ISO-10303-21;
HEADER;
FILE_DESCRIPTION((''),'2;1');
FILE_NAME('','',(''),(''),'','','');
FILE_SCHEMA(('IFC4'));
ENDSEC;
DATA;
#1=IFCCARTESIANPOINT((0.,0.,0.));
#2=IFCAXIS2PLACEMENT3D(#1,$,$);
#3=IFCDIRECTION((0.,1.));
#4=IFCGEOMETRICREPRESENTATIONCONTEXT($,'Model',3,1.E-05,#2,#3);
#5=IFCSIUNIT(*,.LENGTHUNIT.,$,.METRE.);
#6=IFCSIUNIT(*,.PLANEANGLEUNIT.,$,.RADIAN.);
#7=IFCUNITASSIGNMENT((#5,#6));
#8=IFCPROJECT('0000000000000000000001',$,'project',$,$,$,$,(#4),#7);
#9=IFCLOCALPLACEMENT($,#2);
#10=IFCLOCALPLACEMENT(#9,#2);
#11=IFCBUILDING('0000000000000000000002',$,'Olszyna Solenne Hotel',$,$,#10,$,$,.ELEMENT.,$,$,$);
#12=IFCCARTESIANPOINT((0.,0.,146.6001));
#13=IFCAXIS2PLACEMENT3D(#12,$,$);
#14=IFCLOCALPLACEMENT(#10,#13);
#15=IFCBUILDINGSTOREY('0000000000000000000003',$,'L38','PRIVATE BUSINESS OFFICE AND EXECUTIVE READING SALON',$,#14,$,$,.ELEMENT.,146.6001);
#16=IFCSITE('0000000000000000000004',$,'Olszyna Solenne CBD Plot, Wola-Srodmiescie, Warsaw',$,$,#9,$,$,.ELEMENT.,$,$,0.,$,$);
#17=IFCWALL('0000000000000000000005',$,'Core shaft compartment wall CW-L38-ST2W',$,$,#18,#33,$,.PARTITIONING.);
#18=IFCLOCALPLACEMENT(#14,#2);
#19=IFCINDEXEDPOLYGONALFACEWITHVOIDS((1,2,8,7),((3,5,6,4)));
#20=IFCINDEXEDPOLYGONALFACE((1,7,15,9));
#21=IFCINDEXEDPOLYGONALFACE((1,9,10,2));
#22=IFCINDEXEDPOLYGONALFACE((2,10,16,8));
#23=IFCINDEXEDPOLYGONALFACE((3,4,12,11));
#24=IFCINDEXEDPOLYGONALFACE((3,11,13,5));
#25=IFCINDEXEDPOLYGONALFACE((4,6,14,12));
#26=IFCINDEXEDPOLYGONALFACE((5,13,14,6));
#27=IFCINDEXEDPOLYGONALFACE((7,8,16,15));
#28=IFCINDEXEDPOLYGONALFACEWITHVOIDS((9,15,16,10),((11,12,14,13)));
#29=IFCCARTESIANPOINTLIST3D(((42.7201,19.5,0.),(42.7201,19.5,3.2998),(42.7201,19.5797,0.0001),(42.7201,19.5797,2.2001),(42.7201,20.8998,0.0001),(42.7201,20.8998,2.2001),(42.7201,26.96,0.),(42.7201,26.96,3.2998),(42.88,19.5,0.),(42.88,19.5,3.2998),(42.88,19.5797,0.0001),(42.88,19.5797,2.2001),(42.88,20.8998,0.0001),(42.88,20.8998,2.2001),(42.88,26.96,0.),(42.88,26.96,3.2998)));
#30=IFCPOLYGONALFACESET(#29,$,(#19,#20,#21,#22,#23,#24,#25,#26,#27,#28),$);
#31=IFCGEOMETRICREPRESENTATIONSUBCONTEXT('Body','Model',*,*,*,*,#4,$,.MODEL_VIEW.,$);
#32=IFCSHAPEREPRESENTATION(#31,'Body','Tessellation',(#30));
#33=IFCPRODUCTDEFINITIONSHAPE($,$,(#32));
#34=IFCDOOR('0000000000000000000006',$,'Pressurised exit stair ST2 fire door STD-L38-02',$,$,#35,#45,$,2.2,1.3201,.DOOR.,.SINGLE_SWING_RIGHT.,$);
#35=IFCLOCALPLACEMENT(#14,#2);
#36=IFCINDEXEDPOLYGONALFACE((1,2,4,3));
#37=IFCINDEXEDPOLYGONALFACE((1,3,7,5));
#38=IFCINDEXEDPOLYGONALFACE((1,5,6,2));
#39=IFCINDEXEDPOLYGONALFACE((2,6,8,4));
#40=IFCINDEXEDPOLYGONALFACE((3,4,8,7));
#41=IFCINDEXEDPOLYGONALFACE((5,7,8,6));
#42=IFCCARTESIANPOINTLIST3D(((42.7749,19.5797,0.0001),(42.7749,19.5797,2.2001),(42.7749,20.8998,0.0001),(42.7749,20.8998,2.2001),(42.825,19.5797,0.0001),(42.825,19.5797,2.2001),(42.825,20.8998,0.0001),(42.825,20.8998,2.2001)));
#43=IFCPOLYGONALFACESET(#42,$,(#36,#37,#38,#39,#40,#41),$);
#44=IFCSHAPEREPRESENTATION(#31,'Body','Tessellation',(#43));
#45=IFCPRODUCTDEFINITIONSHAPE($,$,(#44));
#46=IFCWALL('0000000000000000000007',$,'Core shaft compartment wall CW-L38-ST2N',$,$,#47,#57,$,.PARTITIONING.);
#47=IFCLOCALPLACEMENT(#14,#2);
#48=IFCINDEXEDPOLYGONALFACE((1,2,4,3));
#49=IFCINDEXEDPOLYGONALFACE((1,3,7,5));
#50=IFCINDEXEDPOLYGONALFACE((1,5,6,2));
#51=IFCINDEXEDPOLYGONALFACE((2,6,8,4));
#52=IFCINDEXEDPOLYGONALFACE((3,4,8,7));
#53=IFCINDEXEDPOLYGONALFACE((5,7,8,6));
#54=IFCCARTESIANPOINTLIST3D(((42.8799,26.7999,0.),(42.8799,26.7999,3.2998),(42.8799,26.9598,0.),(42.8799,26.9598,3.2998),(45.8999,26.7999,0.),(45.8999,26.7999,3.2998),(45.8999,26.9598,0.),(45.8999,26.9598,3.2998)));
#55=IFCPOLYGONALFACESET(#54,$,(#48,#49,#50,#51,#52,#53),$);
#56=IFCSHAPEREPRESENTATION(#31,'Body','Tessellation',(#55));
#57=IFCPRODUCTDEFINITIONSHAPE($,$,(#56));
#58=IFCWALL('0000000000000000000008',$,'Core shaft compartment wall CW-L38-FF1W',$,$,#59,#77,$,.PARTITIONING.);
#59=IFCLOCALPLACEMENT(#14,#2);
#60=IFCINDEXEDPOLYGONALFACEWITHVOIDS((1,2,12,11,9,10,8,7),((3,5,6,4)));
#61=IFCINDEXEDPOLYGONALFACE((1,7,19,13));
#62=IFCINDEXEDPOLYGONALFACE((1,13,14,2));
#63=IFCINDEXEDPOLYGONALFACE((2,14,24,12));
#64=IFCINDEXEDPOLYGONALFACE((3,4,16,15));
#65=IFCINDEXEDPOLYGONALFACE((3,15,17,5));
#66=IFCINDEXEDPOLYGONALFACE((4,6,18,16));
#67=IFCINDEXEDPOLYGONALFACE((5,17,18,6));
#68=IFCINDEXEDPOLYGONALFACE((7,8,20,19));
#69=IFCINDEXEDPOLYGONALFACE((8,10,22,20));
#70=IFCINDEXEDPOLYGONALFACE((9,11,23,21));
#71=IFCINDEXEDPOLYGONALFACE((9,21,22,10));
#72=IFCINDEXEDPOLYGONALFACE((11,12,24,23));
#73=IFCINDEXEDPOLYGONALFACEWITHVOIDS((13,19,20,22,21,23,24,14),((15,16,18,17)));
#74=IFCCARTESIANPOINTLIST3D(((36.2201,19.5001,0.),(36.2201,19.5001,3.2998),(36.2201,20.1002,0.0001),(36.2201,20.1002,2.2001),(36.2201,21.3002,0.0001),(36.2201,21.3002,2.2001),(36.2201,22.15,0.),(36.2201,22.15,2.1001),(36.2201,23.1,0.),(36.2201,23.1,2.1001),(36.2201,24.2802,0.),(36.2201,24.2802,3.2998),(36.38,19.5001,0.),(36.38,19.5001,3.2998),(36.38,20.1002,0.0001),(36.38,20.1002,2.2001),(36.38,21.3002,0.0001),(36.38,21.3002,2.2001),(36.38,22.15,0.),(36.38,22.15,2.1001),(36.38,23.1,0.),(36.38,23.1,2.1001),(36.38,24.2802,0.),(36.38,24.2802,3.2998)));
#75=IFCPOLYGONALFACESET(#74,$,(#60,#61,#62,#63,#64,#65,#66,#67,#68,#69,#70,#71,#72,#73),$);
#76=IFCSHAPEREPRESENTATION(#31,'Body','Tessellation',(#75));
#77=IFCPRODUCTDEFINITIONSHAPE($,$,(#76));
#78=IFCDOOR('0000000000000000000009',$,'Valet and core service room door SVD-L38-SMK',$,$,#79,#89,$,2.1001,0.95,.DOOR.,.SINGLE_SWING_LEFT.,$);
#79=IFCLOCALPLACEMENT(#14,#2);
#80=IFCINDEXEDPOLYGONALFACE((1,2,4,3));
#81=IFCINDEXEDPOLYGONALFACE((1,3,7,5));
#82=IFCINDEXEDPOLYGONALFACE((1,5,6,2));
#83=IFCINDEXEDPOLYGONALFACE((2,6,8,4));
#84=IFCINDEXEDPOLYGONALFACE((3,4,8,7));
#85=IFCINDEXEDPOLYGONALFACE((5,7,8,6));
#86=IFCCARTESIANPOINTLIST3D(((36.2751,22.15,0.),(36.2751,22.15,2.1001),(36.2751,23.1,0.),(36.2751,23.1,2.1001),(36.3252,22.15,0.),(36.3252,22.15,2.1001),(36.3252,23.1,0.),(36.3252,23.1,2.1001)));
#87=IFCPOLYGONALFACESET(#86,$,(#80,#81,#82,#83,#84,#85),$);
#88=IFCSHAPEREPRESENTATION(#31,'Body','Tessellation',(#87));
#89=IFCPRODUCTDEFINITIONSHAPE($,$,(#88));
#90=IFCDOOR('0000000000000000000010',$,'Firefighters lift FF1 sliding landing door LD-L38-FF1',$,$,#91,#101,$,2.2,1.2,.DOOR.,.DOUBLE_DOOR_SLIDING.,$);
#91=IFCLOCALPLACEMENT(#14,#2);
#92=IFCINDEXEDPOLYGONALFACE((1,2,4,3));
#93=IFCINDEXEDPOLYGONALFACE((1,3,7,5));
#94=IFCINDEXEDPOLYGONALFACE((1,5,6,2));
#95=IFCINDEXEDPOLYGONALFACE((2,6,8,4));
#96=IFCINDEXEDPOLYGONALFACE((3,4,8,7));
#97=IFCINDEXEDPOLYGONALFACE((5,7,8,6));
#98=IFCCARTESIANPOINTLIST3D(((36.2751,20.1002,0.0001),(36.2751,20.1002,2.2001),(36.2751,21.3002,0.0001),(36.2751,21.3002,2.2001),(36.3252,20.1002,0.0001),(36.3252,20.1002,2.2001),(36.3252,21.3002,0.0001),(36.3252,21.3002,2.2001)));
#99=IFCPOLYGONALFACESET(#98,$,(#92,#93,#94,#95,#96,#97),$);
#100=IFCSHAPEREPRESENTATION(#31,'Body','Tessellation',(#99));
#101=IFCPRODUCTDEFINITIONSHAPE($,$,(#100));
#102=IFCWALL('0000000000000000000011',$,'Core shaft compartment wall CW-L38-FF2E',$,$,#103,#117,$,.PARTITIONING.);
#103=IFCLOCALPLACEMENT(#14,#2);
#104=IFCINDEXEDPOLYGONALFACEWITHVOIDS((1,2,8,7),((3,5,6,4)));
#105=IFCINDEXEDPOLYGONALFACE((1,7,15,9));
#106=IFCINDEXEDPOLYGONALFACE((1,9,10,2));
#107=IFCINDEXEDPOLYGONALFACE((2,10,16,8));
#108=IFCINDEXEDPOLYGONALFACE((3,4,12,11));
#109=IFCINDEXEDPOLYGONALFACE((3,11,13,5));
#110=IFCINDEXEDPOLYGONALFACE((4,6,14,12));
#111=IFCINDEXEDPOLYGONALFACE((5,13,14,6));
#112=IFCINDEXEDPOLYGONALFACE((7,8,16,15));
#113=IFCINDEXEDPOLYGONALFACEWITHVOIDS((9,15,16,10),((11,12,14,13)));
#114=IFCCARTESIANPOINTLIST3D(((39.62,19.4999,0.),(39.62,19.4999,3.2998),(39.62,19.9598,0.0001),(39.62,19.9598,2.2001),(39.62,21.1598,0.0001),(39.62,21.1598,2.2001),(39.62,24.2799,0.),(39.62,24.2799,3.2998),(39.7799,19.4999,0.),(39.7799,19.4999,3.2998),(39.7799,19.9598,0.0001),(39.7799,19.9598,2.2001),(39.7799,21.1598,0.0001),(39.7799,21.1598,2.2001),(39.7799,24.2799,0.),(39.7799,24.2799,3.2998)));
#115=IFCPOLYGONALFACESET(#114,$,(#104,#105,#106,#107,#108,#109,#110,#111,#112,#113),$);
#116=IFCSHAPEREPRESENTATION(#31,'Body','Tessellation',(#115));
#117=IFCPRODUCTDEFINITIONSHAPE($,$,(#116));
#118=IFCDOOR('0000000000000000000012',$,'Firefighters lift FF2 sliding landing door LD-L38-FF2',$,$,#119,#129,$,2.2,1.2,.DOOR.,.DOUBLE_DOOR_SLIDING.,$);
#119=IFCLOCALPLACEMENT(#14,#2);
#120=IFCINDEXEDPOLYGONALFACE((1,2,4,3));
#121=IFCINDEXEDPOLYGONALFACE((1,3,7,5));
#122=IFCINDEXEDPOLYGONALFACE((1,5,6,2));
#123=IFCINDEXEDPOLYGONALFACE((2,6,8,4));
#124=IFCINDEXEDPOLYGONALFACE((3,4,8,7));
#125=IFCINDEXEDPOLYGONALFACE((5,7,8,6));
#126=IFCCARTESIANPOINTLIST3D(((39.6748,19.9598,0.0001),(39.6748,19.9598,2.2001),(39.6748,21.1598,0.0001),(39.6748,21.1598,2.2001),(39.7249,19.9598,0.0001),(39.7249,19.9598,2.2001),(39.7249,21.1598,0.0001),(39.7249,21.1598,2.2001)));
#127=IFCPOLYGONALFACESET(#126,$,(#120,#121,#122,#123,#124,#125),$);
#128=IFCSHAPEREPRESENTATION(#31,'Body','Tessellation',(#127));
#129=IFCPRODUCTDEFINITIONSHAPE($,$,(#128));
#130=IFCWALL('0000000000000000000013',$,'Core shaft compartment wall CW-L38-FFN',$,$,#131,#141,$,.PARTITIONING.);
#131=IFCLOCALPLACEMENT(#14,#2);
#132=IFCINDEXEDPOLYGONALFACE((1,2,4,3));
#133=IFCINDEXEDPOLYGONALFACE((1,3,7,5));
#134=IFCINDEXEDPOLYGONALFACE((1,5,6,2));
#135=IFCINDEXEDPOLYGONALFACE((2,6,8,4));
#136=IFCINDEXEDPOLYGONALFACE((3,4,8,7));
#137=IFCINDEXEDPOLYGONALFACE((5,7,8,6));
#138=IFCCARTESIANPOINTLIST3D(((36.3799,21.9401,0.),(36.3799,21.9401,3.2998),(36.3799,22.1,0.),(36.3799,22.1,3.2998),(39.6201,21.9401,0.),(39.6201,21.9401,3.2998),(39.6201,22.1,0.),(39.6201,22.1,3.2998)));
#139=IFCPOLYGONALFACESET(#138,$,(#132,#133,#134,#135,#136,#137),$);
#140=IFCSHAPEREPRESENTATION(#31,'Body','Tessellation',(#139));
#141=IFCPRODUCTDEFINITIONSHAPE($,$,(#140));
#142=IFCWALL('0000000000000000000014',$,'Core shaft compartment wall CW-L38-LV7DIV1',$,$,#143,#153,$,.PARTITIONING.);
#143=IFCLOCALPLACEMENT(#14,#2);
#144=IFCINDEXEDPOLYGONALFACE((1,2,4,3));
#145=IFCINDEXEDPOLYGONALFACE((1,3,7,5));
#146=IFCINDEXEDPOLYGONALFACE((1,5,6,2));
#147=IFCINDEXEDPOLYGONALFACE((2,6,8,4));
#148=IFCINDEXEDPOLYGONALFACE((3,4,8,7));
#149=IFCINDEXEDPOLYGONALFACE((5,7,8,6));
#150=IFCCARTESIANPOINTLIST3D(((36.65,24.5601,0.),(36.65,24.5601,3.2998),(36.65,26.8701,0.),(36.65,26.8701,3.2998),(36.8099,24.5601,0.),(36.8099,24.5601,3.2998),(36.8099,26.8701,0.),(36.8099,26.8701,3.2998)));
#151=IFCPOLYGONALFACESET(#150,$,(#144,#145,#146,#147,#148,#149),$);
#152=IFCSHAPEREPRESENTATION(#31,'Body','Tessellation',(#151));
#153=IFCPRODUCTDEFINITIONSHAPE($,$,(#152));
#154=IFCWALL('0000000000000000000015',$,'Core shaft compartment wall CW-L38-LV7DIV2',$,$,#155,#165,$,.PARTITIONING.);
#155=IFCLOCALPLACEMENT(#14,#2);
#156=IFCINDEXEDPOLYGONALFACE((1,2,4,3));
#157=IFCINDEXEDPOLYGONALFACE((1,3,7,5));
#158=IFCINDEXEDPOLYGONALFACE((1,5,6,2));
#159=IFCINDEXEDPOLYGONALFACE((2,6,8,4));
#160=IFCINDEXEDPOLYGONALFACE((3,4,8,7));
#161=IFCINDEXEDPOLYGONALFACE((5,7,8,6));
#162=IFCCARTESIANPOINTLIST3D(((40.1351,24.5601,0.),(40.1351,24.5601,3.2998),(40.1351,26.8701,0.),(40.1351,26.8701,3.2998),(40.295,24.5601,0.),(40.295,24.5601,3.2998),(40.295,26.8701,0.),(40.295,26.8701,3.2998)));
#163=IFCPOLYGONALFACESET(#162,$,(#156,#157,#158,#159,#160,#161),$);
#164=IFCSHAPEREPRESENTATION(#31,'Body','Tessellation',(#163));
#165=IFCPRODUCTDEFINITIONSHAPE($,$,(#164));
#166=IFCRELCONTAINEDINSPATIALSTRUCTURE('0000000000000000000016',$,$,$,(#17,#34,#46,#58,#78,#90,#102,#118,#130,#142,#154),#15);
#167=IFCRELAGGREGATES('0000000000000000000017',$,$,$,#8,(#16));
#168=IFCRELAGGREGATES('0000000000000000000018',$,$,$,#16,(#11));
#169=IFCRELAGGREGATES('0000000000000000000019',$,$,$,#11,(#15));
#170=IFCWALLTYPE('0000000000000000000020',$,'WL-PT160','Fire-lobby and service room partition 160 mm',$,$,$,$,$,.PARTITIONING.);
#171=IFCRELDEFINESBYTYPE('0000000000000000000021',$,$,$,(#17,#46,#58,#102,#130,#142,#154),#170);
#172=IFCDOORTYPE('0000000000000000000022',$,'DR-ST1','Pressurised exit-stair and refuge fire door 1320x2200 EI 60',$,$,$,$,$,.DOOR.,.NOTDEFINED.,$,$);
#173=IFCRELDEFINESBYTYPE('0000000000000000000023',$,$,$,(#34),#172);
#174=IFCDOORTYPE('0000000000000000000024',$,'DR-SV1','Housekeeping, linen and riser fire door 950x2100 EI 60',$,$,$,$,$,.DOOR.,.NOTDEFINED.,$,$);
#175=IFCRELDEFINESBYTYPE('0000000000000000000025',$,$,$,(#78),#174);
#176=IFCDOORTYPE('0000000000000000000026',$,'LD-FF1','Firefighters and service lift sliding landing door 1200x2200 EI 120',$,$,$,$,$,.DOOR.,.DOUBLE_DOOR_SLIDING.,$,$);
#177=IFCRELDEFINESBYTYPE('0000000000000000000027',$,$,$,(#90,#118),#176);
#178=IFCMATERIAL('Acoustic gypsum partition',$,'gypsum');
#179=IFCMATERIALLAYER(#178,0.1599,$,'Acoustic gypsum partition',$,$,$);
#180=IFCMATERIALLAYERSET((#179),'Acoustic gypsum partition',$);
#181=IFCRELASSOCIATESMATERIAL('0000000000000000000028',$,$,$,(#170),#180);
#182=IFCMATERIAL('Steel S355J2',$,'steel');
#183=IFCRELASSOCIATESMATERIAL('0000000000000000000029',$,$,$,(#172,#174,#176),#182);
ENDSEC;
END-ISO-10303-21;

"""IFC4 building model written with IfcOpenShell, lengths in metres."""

from ifc_helpers import new_model, si_unit, direction, frame, frame_2d, origin, place, context, subcontext, project, spatial, rectangle, extrude, source, transform, mapped, material, layer, layer_set, type_object, type_shapes, element, fill, save


model = new_model("IFC4")

# Units and contexts
model_context = context("Model", 3, precision=1e-05, world=origin(), true_north=direction((0.0, 1.0)))
body_context = subcontext(model_context, "Body", "Model", "MODEL_VIEW")
ifc_project = project(units=[si_unit("LENGTHUNIT", "METRE"), si_unit("PLANEANGLEUNIT", "RADIAN")], contexts=[model_context])

# Site, building, storey
site_placement = place(None, origin())
site = spatial("IfcSite", under=ifc_project, at=site_placement, Name="Olszyna Solenne CBD Plot, Wola-Srodmiescie, Warsaw", CompositionType="ELEMENT", RefElevation=0.0)
building_placement = place(site_placement, origin())
building = spatial("IfcBuilding", under=site, at=building_placement, Name="Olszyna Solenne Hotel", CompositionType="ELEMENT")
storey_placement = place(building_placement, frame((0.0, 0.0, 146.6001)))
storey = spatial("IfcBuildingStorey", under=building, at=storey_placement, Name="L38", Description="PRIVATE BUSINESS OFFICE AND EXECUTIVE READING SALON", CompositionType="ELEMENT", Elevation=146.6001)

# Shared definitions
ifc_material_1 = material(Name="Steel S355J2", Category="steel")

# Shared definitions
ifc_material_2 = material(Name="Acoustic gypsum partition", Category="gypsum")

# Wall, opening, door
ifc_layer_1 = layer(ifc_material_2, 0.1599, Name="Acoustic gypsum partition")
ifc_layer_set_1 = layer_set([ifc_layer_1], Name="Acoustic gypsum partition")
wall_type_1 = type_object("IfcWallType", Name="WL-PT160", Description="Fire-lobby and service room partition 160 mm", PredefinedType="PARTITIONING", material=ifc_layer_set_1)
wall_1_placement = place(storey_placement, frame((42.8, 26.96, 0.0), z_axis=(0.0, 0.0, 1.0), x_axis=(0.0, -1.0, 0.0)))
wall_1 = element("IfcWall", 1, at=wall_1_placement, inside=storey, type_object=wall_type_1, Name="Core shaft compartment wall CW-L38-ST2W", PredefinedType="PARTITIONING", context=body_context, shape_type="SweptSolid", body=[
    extrude(rectangle(XDim=7.46, YDim=0.1599, at=frame_2d((3.73, 0.0))), origin(), (0.0, 0.0, 1.0), 3.2998),
])
opening_1_placement = place(wall_1_placement, frame((6.0601, 0.0, 0.0)))
opening_1 = element("IfcOpeningElement", 2, at=opening_1_placement, cuts=wall_1, PredefinedType="OPENING", context=body_context, shape_type="SweptSolid", body=[
    extrude(rectangle(XDim=1.3201, YDim=2.2, at=frame_2d((0.6602, 1.1001))), frame((0.0, 0.0898, 0.0), z_axis=(0.0, -1.0, 0.0), x_axis=(1.0, 0.0, 0.0)), (0.0, 0.0, 1.0), 0.1799),
])
door_type_1 = type_object("IfcDoorType", Name="DR-ST1", Description="Pressurised exit-stair and refuge fire door 1320x2200 EI 60", OperationType="NOTDEFINED", PredefinedType="DOOR", material=ifc_material_1)
shared_shape_1 = source(origin(), body_context, "Body", "SweptSolid", [
    extrude(rectangle(XDim=1.3201, YDim=2.2, at=frame_2d((0.6602, 1.1001))), frame((0.0, 0.0249, 0.0), z_axis=(0.0, -1.0, 0.0), x_axis=(1.0, 0.0, 0.0)), (0.0, 0.0, 1.0), 0.05),
])
type_shapes(door_type_1, [shared_shape_1])
door_1_placement = place(opening_1_placement, origin())
door_1 = element("IfcDoor", 3, at=door_1_placement, inside=storey, type_object=door_type_1, Name="Pressurised exit stair ST2 fire door STD-L38-02", OperationType="SINGLE_SWING_RIGHT", OverallHeight=2.2, OverallWidth=1.3201, PredefinedType="DOOR", context=body_context, shape_type="MappedRepresentation", body=[
    mapped(shared_shape_1, transform((0.0, 0.0, 0.0), x_axis=(1.0, 0.0, 0.0), y_axis=(0.0, 1.0, 0.0), z_axis=(0.0, 0.0, 1.0), scale=1.0)),
])
fill(opening_1, door_1)

# Wall
wall_2_placement = place(storey_placement, frame((42.8799, 26.8799, 0.0), z_axis=(0.0, 0.0, 1.0), x_axis=(1.0, 0.0, 0.0)))
element("IfcWall", 4, at=wall_2_placement, inside=storey, type_object=wall_type_1, Name="Core shaft compartment wall CW-L38-ST2N", PredefinedType="PARTITIONING", context=body_context, shape_type="SweptSolid", body=[
    extrude(rectangle(XDim=3.02, YDim=0.1599, at=frame_2d((1.51, 0.0))), origin(), (0.0, 0.0, 1.0), 3.2998),
])

# Wall, openings, doors
wall_3_placement = place(storey_placement, frame((36.3, 19.5, 0.0), z_axis=(0.0, 0.0, 1.0), x_axis=(0.0, 1.0, 0.0)))
wall_3 = element("IfcWall", 5, at=wall_3_placement, inside=storey, type_object=wall_type_1, Name="Core shaft compartment wall CW-L38-FF1W", PredefinedType="PARTITIONING", context=body_context, shape_type="SweptSolid", body=[
    extrude(rectangle(XDim=4.78, YDim=0.1599, at=frame_2d((2.3901, 0.0))), origin(), (0.0, 0.0, 1.0), 3.2998),
])
opening_2_placement = place(wall_3_placement, frame((0.6001, 0.0, 0.0)))
opening_2 = element("IfcOpeningElement", 6, at=opening_2_placement, cuts=wall_3, PredefinedType="OPENING", context=body_context, shape_type="SweptSolid", body=[
    extrude(rectangle(XDim=1.2, YDim=2.2, at=frame_2d((0.6001, 1.1001))), frame((0.0, 0.0898, 0.0), z_axis=(0.0, -1.0, 0.0), x_axis=(1.0, 0.0, 0.0)), (0.0, 0.0, 1.0), 0.1799),
])
opening_3_placement = place(wall_3_placement, frame((2.6499, 0.0, 0.0)))
opening_3 = element("IfcOpeningElement", 7, at=opening_3_placement, cuts=wall_3, PredefinedType="OPENING", context=body_context, shape_type="SweptSolid", body=[
    extrude(rectangle(XDim=0.95, YDim=2.1001, at=frame_2d((0.4751, 1.05))), frame((0.0, 0.0898, 0.0), z_axis=(0.0, -1.0, 0.0), x_axis=(1.0, 0.0, 0.0)), (0.0, 0.0, 1.0), 0.1799),
])
door_type_2 = type_object("IfcDoorType", Name="DR-SV1", Description="Housekeeping, linen and riser fire door 950x2100 EI 60", OperationType="NOTDEFINED", PredefinedType="DOOR", material=ifc_material_1)
shared_shape_2 = source(origin(), body_context, "Body", "SweptSolid", [
    extrude(rectangle(XDim=0.95, YDim=2.1001, at=frame_2d((0.4751, 1.05))), frame((0.0, 0.0249, 0.0), z_axis=(0.0, -1.0, 0.0), x_axis=(1.0, 0.0, 0.0)), (0.0, 0.0, 1.0), 0.05),
])
type_shapes(door_type_2, [shared_shape_2])
door_2_placement = place(opening_3_placement, origin())
door_2 = element("IfcDoor", 8, at=door_2_placement, inside=storey, type_object=door_type_2, Name="Valet and core service room door SVD-L38-SMK", OperationType="SINGLE_SWING_LEFT", OverallHeight=2.1001, OverallWidth=0.95, PredefinedType="DOOR", context=body_context, shape_type="MappedRepresentation", body=[
    mapped(shared_shape_2, transform((0.0, 0.0, 0.0), x_axis=(1.0, 0.0, 0.0), y_axis=(0.0, 1.0, 0.0), z_axis=(0.0, 0.0, 1.0), scale=1.0)),
])
fill(opening_3, door_2)
door_type_3 = type_object("IfcDoorType", Name="LD-FF1", Description="Firefighters and service lift sliding landing door 1200x2200 EI 120", OperationType="DOUBLE_DOOR_SLIDING", PredefinedType="DOOR", material=ifc_material_1)
shared_shape_3 = source(origin(), body_context, "Body", "SweptSolid", [
    extrude(rectangle(XDim=1.2, YDim=2.2, at=frame_2d((0.6001, 1.1001))), frame((0.0, 0.0249, 0.0), z_axis=(0.0, -1.0, 0.0), x_axis=(1.0, 0.0, 0.0)), (0.0, 0.0, 1.0), 0.05),
])
type_shapes(door_type_3, [shared_shape_3])
door_3_placement = place(opening_2_placement, origin())
door_3 = element("IfcDoor", 9, at=door_3_placement, inside=storey, type_object=door_type_3, Name="Firefighters lift FF1 sliding landing door LD-L38-FF1", OperationType="DOUBLE_DOOR_SLIDING", OverallHeight=2.2, OverallWidth=1.2, PredefinedType="DOOR", context=body_context, shape_type="MappedRepresentation", body=[
    mapped(shared_shape_3, transform((0.0, 0.0, 0.0), x_axis=(1.0, 0.0, 0.0), y_axis=(0.0, 1.0, 0.0), z_axis=(0.0, 0.0, 1.0), scale=1.0)),
])
fill(opening_2, door_3)

# Wall, opening, door
wall_4_placement = place(storey_placement, frame((39.7, 24.28, 0.0), z_axis=(0.0, 0.0, 1.0), x_axis=(0.0, -1.0, 0.0)))
wall_4 = element("IfcWall", 10, at=wall_4_placement, inside=storey, type_object=wall_type_1, Name="Core shaft compartment wall CW-L38-FF2E", PredefinedType="PARTITIONING", context=body_context, shape_type="SweptSolid", body=[
    extrude(rectangle(XDim=4.78, YDim=0.1599, at=frame_2d((2.3901, 0.0))), origin(), (0.0, 0.0, 1.0), 3.2998),
])
opening_4_placement = place(wall_4_placement, frame((3.1201, 0.0, 0.0)))
opening_4 = element("IfcOpeningElement", 11, at=opening_4_placement, cuts=wall_4, PredefinedType="OPENING", context=body_context, shape_type="SweptSolid", body=[
    extrude(rectangle(XDim=1.2, YDim=2.2, at=frame_2d((0.6001, 1.1001))), frame((0.0, 0.0898, 0.0), z_axis=(0.0, -1.0, 0.0), x_axis=(1.0, 0.0, 0.0)), (0.0, 0.0, 1.0), 0.1799),
])
door_4_placement = place(opening_4_placement, origin())
door_4 = element("IfcDoor", 12, at=door_4_placement, inside=storey, type_object=door_type_3, Name="Firefighters lift FF2 sliding landing door LD-L38-FF2", OperationType="DOUBLE_DOOR_SLIDING", OverallHeight=2.2, OverallWidth=1.2, PredefinedType="DOOR", context=body_context, shape_type="MappedRepresentation", body=[
    mapped(shared_shape_3, transform((0.0, 0.0, 0.0), x_axis=(1.0, 0.0, 0.0), y_axis=(0.0, 1.0, 0.0), z_axis=(0.0, 0.0, 1.0), scale=1.0)),
])
fill(opening_4, door_4)

# Walls
wall_5_placement = place(storey_placement, frame((36.3799, 22.02, 0.0), z_axis=(0.0, 0.0, 1.0), x_axis=(1.0, 0.0, 0.0)))
element("IfcWall", 13, at=wall_5_placement, inside=storey, type_object=wall_type_1, Name="Core shaft compartment wall CW-L38-FFN", PredefinedType="PARTITIONING", context=body_context, shape_type="SweptSolid", body=[
    extrude(rectangle(XDim=3.2402, YDim=0.1599, at=frame_2d((1.6201, 0.0))), origin(), (0.0, 0.0, 1.0), 3.2998),
])
for number, where, z_axis, x_axis, name in (
    (14, (36.73, 24.5601, 0.0), (0.0, 0.0, 1.0), (0.0, 1.0, 0.0), "Core shaft compartment wall CW-L38-LV7DIV1"),
    (15, (40.2151, 24.5601, 0.0), (0.0, 0.0, 1.0), (0.0, 1.0, 0.0), "Core shaft compartment wall CW-L38-LV7DIV2"),
):
    element("IfcWall", number, at=place(storey_placement, frame(where, z_axis=z_axis, x_axis=x_axis)), inside=storey, type_object=wall_type_1, Name=name, PredefinedType="PARTITIONING", context=body_context, shape_type="SweptSolid", body=[
        extrude(rectangle(XDim=2.3101, YDim=0.1599, at=frame_2d((1.155, 0.0))), origin(), (0.0, 0.0, 1.0), 3.2998),
    ])

save(model, "model.ifc")
